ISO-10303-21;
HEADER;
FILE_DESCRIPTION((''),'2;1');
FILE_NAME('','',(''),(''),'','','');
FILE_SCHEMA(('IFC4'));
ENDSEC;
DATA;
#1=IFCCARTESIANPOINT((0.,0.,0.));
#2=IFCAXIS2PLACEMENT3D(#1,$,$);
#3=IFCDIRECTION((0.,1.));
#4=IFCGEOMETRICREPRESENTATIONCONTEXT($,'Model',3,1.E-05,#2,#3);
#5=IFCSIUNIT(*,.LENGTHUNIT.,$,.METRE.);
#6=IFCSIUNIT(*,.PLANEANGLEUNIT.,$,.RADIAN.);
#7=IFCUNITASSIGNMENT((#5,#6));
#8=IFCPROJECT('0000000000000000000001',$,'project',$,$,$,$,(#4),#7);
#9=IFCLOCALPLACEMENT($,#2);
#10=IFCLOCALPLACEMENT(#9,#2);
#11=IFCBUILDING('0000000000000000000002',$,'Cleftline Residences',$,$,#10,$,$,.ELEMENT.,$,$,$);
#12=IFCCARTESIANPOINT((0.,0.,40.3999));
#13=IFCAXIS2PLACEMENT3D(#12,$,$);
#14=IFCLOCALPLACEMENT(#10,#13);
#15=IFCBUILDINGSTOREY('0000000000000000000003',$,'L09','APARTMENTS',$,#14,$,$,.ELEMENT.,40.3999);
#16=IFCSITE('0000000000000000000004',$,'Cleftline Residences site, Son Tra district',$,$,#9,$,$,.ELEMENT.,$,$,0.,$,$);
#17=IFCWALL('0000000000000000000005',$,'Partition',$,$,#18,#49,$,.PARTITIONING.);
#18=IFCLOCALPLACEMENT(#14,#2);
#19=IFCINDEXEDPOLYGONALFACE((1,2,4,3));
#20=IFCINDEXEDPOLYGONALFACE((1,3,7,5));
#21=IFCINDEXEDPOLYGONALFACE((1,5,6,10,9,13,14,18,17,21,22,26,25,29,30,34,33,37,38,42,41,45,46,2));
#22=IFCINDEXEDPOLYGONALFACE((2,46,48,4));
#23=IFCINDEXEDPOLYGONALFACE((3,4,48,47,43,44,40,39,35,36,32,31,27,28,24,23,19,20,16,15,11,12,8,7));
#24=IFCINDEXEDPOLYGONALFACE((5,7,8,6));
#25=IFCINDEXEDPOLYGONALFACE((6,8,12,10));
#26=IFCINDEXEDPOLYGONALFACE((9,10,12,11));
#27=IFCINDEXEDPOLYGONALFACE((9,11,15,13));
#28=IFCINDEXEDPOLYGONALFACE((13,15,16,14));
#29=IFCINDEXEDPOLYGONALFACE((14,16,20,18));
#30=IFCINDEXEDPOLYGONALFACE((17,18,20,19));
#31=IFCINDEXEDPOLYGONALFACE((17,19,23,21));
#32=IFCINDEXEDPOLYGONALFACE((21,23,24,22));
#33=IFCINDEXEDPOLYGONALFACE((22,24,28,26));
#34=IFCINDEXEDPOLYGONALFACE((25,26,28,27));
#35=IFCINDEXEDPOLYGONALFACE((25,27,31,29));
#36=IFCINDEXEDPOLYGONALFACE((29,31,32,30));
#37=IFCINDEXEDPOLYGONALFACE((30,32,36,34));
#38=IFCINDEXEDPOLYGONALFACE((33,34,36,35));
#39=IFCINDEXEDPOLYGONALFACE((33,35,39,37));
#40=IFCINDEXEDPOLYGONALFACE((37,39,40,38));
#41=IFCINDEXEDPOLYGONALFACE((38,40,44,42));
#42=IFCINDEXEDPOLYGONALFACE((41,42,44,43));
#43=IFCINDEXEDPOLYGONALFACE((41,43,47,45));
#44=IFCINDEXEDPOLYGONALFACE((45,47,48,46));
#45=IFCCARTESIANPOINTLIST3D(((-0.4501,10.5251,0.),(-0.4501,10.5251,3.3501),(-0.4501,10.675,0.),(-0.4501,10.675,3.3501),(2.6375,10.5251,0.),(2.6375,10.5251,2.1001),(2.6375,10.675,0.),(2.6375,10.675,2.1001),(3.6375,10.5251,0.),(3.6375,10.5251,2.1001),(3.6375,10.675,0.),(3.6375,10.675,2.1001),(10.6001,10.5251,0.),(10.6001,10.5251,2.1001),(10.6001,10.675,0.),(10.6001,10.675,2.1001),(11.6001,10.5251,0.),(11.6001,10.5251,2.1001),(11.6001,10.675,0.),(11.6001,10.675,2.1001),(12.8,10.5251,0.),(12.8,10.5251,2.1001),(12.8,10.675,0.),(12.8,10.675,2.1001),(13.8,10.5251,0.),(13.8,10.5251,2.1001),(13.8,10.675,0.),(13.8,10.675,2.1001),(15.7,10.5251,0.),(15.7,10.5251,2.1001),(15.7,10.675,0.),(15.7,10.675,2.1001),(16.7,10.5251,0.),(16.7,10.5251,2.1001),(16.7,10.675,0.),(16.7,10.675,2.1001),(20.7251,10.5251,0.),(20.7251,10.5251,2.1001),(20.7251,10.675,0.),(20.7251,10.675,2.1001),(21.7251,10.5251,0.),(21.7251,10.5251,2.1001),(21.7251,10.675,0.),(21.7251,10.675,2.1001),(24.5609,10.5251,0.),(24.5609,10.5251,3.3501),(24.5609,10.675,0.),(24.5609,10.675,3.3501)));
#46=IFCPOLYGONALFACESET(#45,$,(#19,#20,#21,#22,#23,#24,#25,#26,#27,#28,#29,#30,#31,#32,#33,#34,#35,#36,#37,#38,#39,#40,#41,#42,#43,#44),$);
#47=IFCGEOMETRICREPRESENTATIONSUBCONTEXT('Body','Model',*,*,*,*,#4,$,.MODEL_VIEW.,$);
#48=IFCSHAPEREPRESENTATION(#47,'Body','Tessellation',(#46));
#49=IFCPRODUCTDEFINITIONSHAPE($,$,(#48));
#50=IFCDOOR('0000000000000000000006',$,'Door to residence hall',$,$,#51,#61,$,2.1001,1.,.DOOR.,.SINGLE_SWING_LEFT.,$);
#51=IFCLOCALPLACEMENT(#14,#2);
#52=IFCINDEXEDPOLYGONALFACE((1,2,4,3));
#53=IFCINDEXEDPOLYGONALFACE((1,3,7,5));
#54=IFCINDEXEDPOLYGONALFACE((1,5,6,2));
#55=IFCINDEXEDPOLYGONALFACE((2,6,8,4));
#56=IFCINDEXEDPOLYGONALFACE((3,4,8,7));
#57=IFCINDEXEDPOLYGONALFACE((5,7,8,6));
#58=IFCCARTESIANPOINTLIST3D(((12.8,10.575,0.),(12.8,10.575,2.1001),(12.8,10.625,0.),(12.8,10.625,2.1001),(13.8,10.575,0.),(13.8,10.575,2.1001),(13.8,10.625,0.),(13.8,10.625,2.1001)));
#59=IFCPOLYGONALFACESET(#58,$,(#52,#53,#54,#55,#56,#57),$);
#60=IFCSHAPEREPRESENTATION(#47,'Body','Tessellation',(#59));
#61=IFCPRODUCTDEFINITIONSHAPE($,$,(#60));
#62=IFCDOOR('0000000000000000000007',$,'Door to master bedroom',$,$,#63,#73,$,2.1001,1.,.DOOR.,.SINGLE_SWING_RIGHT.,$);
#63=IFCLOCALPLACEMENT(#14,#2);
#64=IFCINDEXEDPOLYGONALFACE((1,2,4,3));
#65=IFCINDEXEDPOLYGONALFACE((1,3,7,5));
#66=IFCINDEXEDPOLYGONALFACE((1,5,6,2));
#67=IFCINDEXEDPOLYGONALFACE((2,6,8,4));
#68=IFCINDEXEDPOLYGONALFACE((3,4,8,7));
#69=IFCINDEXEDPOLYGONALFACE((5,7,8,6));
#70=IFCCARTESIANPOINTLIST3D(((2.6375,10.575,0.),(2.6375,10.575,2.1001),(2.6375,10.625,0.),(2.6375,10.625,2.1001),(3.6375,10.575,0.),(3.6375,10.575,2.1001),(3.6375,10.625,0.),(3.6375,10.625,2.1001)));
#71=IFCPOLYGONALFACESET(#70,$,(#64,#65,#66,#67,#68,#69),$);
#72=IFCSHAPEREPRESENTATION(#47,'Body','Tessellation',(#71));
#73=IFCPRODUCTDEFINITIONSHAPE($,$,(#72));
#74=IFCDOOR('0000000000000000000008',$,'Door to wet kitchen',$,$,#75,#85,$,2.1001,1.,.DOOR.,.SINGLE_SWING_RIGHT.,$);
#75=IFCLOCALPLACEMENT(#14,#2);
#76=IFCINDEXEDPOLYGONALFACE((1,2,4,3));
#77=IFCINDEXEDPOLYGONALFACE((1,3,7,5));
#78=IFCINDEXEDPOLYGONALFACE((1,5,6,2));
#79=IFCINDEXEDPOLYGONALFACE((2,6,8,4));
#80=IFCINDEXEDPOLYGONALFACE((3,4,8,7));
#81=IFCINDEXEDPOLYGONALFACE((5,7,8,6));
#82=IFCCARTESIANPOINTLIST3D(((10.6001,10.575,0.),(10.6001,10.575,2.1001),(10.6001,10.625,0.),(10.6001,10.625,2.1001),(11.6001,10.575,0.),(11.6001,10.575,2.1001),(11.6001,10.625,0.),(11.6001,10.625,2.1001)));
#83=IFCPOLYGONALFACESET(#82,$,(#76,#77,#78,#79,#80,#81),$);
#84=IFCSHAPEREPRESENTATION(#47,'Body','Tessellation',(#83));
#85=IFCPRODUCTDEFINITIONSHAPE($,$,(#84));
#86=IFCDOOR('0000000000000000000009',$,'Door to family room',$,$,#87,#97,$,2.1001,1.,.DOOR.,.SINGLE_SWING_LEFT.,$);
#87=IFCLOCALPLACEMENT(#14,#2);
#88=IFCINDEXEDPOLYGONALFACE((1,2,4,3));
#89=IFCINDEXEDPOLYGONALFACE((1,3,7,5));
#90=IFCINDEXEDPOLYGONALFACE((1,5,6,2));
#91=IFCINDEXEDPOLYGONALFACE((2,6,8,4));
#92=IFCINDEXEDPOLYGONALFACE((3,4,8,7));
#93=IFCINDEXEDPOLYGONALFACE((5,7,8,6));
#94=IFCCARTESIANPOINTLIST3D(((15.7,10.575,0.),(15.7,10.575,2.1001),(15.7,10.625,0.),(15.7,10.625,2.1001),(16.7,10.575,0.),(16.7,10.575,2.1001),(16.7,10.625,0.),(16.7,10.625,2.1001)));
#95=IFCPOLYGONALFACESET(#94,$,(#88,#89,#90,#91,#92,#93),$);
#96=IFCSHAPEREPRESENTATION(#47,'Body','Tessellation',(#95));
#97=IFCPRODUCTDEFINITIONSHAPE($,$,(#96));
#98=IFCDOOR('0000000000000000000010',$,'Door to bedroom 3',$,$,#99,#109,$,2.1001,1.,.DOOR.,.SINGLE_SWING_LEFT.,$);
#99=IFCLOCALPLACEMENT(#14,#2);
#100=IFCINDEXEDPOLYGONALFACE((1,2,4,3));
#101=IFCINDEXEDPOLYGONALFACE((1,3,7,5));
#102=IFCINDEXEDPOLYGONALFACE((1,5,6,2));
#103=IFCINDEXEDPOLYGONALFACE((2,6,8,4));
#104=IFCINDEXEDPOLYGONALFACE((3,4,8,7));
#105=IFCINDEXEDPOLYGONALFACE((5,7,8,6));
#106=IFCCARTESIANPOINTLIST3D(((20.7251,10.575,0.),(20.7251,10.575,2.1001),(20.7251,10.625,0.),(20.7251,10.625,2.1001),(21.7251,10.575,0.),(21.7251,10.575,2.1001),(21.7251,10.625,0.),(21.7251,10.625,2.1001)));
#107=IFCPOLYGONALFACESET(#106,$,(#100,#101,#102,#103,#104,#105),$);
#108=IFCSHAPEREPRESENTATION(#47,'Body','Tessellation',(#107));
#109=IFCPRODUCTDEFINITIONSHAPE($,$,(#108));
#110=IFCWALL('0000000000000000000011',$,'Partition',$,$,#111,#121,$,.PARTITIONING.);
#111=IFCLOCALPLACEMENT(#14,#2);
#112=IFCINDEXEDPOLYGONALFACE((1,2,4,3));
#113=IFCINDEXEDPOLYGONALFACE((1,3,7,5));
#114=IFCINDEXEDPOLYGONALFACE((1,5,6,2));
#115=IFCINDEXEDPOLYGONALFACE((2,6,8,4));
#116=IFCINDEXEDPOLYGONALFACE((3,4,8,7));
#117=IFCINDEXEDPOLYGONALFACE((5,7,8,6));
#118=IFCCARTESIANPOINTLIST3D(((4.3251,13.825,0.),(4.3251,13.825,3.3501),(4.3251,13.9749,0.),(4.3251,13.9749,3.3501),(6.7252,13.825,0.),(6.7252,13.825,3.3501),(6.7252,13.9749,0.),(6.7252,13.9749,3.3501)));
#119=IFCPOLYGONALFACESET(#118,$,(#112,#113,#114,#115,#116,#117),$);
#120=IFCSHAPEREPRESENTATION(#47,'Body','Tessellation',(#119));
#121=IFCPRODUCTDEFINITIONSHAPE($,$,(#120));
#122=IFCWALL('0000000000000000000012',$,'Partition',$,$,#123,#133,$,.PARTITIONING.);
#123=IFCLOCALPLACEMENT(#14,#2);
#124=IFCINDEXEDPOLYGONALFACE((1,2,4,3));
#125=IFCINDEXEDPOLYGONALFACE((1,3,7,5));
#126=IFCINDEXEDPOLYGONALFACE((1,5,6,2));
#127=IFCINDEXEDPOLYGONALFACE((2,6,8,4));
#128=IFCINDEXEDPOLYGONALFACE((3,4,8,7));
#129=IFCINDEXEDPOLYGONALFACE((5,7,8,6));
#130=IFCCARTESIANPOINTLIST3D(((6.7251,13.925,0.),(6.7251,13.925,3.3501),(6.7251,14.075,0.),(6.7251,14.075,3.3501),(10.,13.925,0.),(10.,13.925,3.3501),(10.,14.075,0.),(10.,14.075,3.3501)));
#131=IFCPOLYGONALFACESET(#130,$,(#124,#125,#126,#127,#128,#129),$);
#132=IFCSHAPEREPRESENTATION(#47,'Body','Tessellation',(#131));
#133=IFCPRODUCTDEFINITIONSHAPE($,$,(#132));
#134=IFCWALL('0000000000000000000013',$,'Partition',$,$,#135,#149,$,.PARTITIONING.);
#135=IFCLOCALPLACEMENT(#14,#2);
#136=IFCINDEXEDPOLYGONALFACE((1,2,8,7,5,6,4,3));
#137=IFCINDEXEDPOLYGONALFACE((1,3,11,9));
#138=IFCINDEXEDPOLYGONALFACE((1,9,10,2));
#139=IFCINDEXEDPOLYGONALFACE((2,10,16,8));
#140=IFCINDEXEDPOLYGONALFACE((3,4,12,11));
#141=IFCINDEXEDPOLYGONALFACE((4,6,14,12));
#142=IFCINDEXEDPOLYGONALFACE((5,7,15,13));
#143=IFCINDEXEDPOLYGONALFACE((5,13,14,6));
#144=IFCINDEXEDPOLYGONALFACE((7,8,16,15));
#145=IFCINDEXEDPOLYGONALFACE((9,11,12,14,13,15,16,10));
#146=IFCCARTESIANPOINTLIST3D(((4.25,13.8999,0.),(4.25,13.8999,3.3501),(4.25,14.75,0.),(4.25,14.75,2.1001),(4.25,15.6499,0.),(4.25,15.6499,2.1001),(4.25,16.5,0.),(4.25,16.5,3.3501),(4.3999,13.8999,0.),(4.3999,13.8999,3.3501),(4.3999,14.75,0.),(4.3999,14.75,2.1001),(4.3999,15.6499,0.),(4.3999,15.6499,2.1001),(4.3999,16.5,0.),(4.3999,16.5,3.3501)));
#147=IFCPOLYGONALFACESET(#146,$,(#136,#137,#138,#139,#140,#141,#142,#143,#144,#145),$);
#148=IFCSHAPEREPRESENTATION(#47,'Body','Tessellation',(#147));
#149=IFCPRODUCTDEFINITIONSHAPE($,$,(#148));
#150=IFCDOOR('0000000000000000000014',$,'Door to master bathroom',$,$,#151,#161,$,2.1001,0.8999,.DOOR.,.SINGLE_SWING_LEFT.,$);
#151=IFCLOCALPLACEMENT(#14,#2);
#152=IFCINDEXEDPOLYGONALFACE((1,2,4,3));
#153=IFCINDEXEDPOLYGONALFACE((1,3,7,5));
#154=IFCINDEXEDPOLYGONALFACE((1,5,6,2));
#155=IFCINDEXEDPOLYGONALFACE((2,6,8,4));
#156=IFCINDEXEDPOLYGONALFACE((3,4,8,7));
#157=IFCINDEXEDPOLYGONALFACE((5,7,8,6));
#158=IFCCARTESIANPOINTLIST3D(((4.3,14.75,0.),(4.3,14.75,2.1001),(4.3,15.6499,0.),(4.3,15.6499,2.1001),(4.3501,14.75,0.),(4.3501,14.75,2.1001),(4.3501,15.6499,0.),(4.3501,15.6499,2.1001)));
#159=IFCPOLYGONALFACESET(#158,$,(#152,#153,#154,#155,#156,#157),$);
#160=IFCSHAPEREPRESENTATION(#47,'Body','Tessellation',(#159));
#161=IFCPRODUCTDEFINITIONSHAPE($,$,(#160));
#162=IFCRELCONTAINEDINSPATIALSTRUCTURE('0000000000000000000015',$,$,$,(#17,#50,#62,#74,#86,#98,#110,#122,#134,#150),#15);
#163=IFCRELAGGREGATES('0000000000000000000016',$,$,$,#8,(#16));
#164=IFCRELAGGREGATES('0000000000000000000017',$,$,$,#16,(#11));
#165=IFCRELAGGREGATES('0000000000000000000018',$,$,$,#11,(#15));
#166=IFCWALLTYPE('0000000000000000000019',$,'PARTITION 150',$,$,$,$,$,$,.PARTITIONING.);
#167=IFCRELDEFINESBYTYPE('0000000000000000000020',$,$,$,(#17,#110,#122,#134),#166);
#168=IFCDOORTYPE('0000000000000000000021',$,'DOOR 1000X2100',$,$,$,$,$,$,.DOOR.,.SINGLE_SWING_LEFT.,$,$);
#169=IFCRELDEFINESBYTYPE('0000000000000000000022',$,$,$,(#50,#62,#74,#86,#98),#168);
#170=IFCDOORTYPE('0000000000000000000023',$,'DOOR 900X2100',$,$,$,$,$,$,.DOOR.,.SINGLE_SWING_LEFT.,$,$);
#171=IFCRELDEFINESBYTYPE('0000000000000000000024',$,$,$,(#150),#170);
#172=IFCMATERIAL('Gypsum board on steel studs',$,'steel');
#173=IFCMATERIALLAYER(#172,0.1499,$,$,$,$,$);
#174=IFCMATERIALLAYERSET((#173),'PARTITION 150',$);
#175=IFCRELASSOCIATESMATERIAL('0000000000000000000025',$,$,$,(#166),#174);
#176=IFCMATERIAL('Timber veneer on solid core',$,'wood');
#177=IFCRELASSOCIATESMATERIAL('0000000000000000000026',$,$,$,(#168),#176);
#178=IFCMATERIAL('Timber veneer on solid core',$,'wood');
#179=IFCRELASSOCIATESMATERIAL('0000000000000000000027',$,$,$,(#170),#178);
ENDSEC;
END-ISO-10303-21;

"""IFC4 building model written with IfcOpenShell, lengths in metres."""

from ifc_helpers import new_model, si_unit, direction, frame, frame_2d, origin, place, context, subcontext, project, spatial, rectangle, extrude, material, layer, layer_set, type_object, element, fill, save


model = new_model("IFC4")

# Units and contexts
model_context = context("Model", 3, precision=1e-05, world=origin(), true_north=direction((0.0, 1.0)))
body_context = subcontext(model_context, "Body", "Model", "MODEL_VIEW")
ifc_project = project(units=[si_unit("LENGTHUNIT", "METRE"), si_unit("PLANEANGLEUNIT", "RADIAN")], contexts=[model_context])

# Site, building, storey
site_placement = place(None, origin())
site = spatial("IfcSite", under=ifc_project, at=site_placement, Name="Cleftline Residences site, Son Tra district", CompositionType="ELEMENT", RefElevation=0.0)
building_placement = place(site_placement, origin())
building = spatial("IfcBuilding", under=site, at=building_placement, Name="Cleftline Residences", CompositionType="ELEMENT")
storey_placement = place(building_placement, frame((0.0, 0.0, 40.3999)))
storey = spatial("IfcBuildingStorey", under=building, at=storey_placement, Name="L09", Description="APARTMENTS", CompositionType="ELEMENT", Elevation=40.3999)

# Wall, openings, doors
ifc_material_1 = material(Name="Gypsum board on steel studs", Category="steel")
ifc_layer = layer(ifc_material_1, 0.1499)
ifc_layer_set = layer_set([ifc_layer], Name="PARTITION 150")
wall_type = type_object("IfcWallType", Name="PARTITION 150", PredefinedType="PARTITIONING", material=ifc_layer_set)
wall_1_placement = place(storey_placement, frame((-0.45, 10.6001, 0.0), z_axis=(0.0, 0.0, 1.0), x_axis=(1.0, 0.0, 0.0)))
wall_1 = element("IfcWall", 1, at=wall_1_placement, inside=storey, type_object=wall_type, Name="Partition", PredefinedType="PARTITIONING", context=body_context, shape_type="SweptSolid", body=[
    extrude(rectangle(XDim=25.011, YDim=0.1499, at=frame_2d((12.5054, 0.0))), origin(), (0.0, 0.0, 1.0), 3.3501),
])
opening_1_placement = place(wall_1_placement, frame((13.25, 0.0, 0.0)))
opening_1 = element("IfcOpeningElement", 2, at=opening_1_placement, cuts=wall_1, PredefinedType="OPENING", context=body_context, shape_type="SweptSolid", body=[
    extrude(rectangle(XDim=1.0, YDim=2.1001, at=frame_2d((0.5, 1.05))), frame((0.0, 0.085, 0.0), z_axis=(0.0, -1.0, 0.0), x_axis=(1.0, 0.0, 0.0)), (0.0, 0.0, 1.0), 0.1699),
])
opening_2_placement = place(wall_1_placement, frame((3.0874, 0.0, 0.0)))
opening_2 = element("IfcOpeningElement", 3, at=opening_2_placement, cuts=wall_1, PredefinedType="OPENING", context=body_context, shape_type="SweptSolid", body=[
    extrude(rectangle(XDim=1.0, YDim=2.1001, at=frame_2d((0.5, 1.05))), frame((0.0, 0.085, 0.0), z_axis=(0.0, -1.0, 0.0), x_axis=(1.0, 0.0, 0.0)), (0.0, 0.0, 1.0), 0.1699),
])
opening_3_placement = place(wall_1_placement, frame((11.05, 0.0, 0.0)))
opening_3 = element("IfcOpeningElement", 4, at=opening_3_placement, cuts=wall_1, PredefinedType="OPENING", context=body_context, shape_type="SweptSolid", body=[
    extrude(rectangle(XDim=1.0, YDim=2.1001, at=frame_2d((0.5, 1.05))), frame((0.0, 0.085, 0.0), z_axis=(0.0, -1.0, 0.0), x_axis=(1.0, 0.0, 0.0)), (0.0, 0.0, 1.0), 0.1699),
])
opening_4_placement = place(wall_1_placement, frame((16.1499, 0.0, 0.0)))
opening_4 = element("IfcOpeningElement", 5, at=opening_4_placement, cuts=wall_1, PredefinedType="OPENING", context=body_context, shape_type="SweptSolid", body=[
    extrude(rectangle(XDim=1.0, YDim=2.1001, at=frame_2d((0.5, 1.05))), frame((0.0, 0.085, 0.0), z_axis=(0.0, -1.0, 0.0), x_axis=(1.0, 0.0, 0.0)), (0.0, 0.0, 1.0), 0.1699),
])
opening_5_placement = place(wall_1_placement, frame((21.175, 0.0, 0.0)))
opening_5 = element("IfcOpeningElement", 6, at=opening_5_placement, cuts=wall_1, PredefinedType="OPENING", context=body_context, shape_type="SweptSolid", body=[
    extrude(rectangle(XDim=1.0, YDim=2.1001, at=frame_2d((0.5, 1.05))), frame((0.0, 0.085, 0.0), z_axis=(0.0, -1.0, 0.0), x_axis=(1.0, 0.0, 0.0)), (0.0, 0.0, 1.0), 0.1699),
])
ifc_material_2 = material(Name="Timber veneer on solid core", Category="wood")
door_type_1 = type_object("IfcDoorType", Name="DOOR 1000X2100", OperationType="SINGLE_SWING_LEFT", PredefinedType="DOOR", material=ifc_material_2)
door_1_placement = place(opening_1_placement, origin())
door_1 = element("IfcDoor", 7, at=door_1_placement, inside=storey, type_object=door_type_1, Name="Door to residence hall", OperationType="SINGLE_SWING_LEFT", OverallHeight=2.1001, OverallWidth=1.0, PredefinedType="DOOR", context=body_context, shape_type="SweptSolid", body=[
    extrude(rectangle(XDim=1.0, YDim=2.1001, at=frame_2d((0.5, 1.05))), frame((0.0, 0.0249, 0.0), z_axis=(0.0, -1.0, 0.0), x_axis=(1.0, 0.0, 0.0)), (0.0, 0.0, 1.0), 0.05),
])
fill(opening_1, door_1)
door_2_placement = place(opening_2_placement, origin())
door_2 = element("IfcDoor", 8, at=door_2_placement, inside=storey, type_object=door_type_1, Name="Door to master bedroom", OperationType="SINGLE_SWING_RIGHT", OverallHeight=2.1001, OverallWidth=1.0, PredefinedType="DOOR", context=body_context, shape_type="SweptSolid", body=[
    extrude(rectangle(XDim=1.0, YDim=2.1001, at=frame_2d((0.5, 1.05))), frame((0.0, 0.0249, 0.0), z_axis=(0.0, -1.0, 0.0), x_axis=(1.0, 0.0, 0.0)), (0.0, 0.0, 1.0), 0.05),
])
fill(opening_2, door_2)
door_3_placement = place(opening_3_placement, origin())
door_3 = element("IfcDoor", 9, at=door_3_placement, inside=storey, type_object=door_type_1, Name="Door to wet kitchen", OperationType="SINGLE_SWING_RIGHT", OverallHeight=2.1001, OverallWidth=1.0, PredefinedType="DOOR", context=body_context, shape_type="SweptSolid", body=[
    extrude(rectangle(XDim=1.0, YDim=2.1001, at=frame_2d((0.5, 1.05))), frame((0.0, 0.0249, 0.0), z_axis=(0.0, -1.0, 0.0), x_axis=(1.0, 0.0, 0.0)), (0.0, 0.0, 1.0), 0.05),
])
fill(opening_3, door_3)
door_4_placement = place(opening_4_placement, origin())
door_4 = element("IfcDoor", 10, at=door_4_placement, inside=storey, type_object=door_type_1, Name="Door to family room", OperationType="SINGLE_SWING_LEFT", OverallHeight=2.1001, OverallWidth=1.0, PredefinedType="DOOR", context=body_context, shape_type="SweptSolid", body=[
    extrude(rectangle(XDim=1.0, YDim=2.1001, at=frame_2d((0.5, 1.05))), frame((0.0, 0.0249, 0.0), z_axis=(0.0, -1.0, 0.0), x_axis=(1.0, 0.0, 0.0)), (0.0, 0.0, 1.0), 0.05),
])
fill(opening_4, door_4)
door_5_placement = place(opening_5_placement, origin())
door_5 = element("IfcDoor", 11, at=door_5_placement, inside=storey, type_object=door_type_1, Name="Door to bedroom 3", OperationType="SINGLE_SWING_LEFT", OverallHeight=2.1001, OverallWidth=1.0, PredefinedType="DOOR", context=body_context, shape_type="SweptSolid", body=[
    extrude(rectangle(XDim=1.0, YDim=2.1001, at=frame_2d((0.5, 1.05))), frame((0.0, 0.0249, 0.0), z_axis=(0.0, -1.0, 0.0), x_axis=(1.0, 0.0, 0.0)), (0.0, 0.0, 1.0), 0.05),
])
fill(opening_5, door_5)

# Walls
wall_2_placement = place(storey_placement, frame((4.325, 13.8999, 0.0), z_axis=(0.0, 0.0, 1.0), x_axis=(1.0, 0.0, 0.0)))
element("IfcWall", 12, at=wall_2_placement, inside=storey, type_object=wall_type, Name="Partition", PredefinedType="PARTITIONING", context=body_context, shape_type="SweptSolid", body=[
    extrude(rectangle(XDim=2.4001, YDim=0.1499, at=frame_2d((1.2002, 0.0))), origin(), (0.0, 0.0, 1.0), 3.3501),
])
wall_3_placement = place(storey_placement, frame((6.7251, 14.0, 0.0), z_axis=(0.0, 0.0, 1.0), x_axis=(1.0, 0.0, 0.0)))
element("IfcWall", 13, at=wall_3_placement, inside=storey, type_object=wall_type, Name="Partition", PredefinedType="PARTITIONING", context=body_context, shape_type="SweptSolid", body=[
    extrude(rectangle(XDim=3.2749, YDim=0.1499, at=frame_2d((1.6375, 0.0))), origin(), (0.0, 0.0, 1.0), 3.3501),
])

# Wall, opening, door
wall_4_placement = place(storey_placement, frame((4.325, 13.8999, 0.0), z_axis=(0.0, 0.0, 1.0), x_axis=(0.0, 1.0, 0.0)))
wall_4 = element("IfcWall", 14, at=wall_4_placement, inside=storey, type_object=wall_type, Name="Partition", PredefinedType="PARTITIONING", context=body_context, shape_type="SweptSolid", body=[
    extrude(rectangle(XDim=2.6001, YDim=0.1499, at=frame_2d((1.3, 0.0))), origin(), (0.0, 0.0, 1.0), 3.3501),
])
opening_6_placement = place(wall_4_placement, frame((0.8501, 0.0, 0.0)))
opening_6 = element("IfcOpeningElement", 15, at=opening_6_placement, cuts=wall_4, PredefinedType="OPENING", context=body_context, shape_type="SweptSolid", body=[
    extrude(rectangle(XDim=0.8999, YDim=2.1001, at=frame_2d((0.45, 1.05))), frame((0.0, 0.085, 0.0), z_axis=(0.0, -1.0, 0.0), x_axis=(1.0, 0.0, 0.0)), (0.0, 0.0, 1.0), 0.1699),
])
ifc_material_3 = material(Name="Timber veneer on solid core", Category="wood")
door_type_2 = type_object("IfcDoorType", Name="DOOR 900X2100", OperationType="SINGLE_SWING_LEFT", PredefinedType="DOOR", material=ifc_material_3)
door_6_placement = place(opening_6_placement, origin())
door_6 = element("IfcDoor", 16, at=door_6_placement, inside=storey, type_object=door_type_2, Name="Door to master bathroom", OperationType="SINGLE_SWING_LEFT", OverallHeight=2.1001, OverallWidth=0.8999, PredefinedType="DOOR", context=body_context, shape_type="SweptSolid", body=[
    extrude(rectangle(XDim=0.8999, YDim=2.1001, at=frame_2d((0.45, 1.05))), frame((0.0, 0.0249, 0.0), z_axis=(0.0, -1.0, 0.0), x_axis=(1.0, 0.0, 0.0)), (0.0, 0.0, 1.0), 0.05),
])
fill(opening_6, door_6)

save(model, "model.ifc")
